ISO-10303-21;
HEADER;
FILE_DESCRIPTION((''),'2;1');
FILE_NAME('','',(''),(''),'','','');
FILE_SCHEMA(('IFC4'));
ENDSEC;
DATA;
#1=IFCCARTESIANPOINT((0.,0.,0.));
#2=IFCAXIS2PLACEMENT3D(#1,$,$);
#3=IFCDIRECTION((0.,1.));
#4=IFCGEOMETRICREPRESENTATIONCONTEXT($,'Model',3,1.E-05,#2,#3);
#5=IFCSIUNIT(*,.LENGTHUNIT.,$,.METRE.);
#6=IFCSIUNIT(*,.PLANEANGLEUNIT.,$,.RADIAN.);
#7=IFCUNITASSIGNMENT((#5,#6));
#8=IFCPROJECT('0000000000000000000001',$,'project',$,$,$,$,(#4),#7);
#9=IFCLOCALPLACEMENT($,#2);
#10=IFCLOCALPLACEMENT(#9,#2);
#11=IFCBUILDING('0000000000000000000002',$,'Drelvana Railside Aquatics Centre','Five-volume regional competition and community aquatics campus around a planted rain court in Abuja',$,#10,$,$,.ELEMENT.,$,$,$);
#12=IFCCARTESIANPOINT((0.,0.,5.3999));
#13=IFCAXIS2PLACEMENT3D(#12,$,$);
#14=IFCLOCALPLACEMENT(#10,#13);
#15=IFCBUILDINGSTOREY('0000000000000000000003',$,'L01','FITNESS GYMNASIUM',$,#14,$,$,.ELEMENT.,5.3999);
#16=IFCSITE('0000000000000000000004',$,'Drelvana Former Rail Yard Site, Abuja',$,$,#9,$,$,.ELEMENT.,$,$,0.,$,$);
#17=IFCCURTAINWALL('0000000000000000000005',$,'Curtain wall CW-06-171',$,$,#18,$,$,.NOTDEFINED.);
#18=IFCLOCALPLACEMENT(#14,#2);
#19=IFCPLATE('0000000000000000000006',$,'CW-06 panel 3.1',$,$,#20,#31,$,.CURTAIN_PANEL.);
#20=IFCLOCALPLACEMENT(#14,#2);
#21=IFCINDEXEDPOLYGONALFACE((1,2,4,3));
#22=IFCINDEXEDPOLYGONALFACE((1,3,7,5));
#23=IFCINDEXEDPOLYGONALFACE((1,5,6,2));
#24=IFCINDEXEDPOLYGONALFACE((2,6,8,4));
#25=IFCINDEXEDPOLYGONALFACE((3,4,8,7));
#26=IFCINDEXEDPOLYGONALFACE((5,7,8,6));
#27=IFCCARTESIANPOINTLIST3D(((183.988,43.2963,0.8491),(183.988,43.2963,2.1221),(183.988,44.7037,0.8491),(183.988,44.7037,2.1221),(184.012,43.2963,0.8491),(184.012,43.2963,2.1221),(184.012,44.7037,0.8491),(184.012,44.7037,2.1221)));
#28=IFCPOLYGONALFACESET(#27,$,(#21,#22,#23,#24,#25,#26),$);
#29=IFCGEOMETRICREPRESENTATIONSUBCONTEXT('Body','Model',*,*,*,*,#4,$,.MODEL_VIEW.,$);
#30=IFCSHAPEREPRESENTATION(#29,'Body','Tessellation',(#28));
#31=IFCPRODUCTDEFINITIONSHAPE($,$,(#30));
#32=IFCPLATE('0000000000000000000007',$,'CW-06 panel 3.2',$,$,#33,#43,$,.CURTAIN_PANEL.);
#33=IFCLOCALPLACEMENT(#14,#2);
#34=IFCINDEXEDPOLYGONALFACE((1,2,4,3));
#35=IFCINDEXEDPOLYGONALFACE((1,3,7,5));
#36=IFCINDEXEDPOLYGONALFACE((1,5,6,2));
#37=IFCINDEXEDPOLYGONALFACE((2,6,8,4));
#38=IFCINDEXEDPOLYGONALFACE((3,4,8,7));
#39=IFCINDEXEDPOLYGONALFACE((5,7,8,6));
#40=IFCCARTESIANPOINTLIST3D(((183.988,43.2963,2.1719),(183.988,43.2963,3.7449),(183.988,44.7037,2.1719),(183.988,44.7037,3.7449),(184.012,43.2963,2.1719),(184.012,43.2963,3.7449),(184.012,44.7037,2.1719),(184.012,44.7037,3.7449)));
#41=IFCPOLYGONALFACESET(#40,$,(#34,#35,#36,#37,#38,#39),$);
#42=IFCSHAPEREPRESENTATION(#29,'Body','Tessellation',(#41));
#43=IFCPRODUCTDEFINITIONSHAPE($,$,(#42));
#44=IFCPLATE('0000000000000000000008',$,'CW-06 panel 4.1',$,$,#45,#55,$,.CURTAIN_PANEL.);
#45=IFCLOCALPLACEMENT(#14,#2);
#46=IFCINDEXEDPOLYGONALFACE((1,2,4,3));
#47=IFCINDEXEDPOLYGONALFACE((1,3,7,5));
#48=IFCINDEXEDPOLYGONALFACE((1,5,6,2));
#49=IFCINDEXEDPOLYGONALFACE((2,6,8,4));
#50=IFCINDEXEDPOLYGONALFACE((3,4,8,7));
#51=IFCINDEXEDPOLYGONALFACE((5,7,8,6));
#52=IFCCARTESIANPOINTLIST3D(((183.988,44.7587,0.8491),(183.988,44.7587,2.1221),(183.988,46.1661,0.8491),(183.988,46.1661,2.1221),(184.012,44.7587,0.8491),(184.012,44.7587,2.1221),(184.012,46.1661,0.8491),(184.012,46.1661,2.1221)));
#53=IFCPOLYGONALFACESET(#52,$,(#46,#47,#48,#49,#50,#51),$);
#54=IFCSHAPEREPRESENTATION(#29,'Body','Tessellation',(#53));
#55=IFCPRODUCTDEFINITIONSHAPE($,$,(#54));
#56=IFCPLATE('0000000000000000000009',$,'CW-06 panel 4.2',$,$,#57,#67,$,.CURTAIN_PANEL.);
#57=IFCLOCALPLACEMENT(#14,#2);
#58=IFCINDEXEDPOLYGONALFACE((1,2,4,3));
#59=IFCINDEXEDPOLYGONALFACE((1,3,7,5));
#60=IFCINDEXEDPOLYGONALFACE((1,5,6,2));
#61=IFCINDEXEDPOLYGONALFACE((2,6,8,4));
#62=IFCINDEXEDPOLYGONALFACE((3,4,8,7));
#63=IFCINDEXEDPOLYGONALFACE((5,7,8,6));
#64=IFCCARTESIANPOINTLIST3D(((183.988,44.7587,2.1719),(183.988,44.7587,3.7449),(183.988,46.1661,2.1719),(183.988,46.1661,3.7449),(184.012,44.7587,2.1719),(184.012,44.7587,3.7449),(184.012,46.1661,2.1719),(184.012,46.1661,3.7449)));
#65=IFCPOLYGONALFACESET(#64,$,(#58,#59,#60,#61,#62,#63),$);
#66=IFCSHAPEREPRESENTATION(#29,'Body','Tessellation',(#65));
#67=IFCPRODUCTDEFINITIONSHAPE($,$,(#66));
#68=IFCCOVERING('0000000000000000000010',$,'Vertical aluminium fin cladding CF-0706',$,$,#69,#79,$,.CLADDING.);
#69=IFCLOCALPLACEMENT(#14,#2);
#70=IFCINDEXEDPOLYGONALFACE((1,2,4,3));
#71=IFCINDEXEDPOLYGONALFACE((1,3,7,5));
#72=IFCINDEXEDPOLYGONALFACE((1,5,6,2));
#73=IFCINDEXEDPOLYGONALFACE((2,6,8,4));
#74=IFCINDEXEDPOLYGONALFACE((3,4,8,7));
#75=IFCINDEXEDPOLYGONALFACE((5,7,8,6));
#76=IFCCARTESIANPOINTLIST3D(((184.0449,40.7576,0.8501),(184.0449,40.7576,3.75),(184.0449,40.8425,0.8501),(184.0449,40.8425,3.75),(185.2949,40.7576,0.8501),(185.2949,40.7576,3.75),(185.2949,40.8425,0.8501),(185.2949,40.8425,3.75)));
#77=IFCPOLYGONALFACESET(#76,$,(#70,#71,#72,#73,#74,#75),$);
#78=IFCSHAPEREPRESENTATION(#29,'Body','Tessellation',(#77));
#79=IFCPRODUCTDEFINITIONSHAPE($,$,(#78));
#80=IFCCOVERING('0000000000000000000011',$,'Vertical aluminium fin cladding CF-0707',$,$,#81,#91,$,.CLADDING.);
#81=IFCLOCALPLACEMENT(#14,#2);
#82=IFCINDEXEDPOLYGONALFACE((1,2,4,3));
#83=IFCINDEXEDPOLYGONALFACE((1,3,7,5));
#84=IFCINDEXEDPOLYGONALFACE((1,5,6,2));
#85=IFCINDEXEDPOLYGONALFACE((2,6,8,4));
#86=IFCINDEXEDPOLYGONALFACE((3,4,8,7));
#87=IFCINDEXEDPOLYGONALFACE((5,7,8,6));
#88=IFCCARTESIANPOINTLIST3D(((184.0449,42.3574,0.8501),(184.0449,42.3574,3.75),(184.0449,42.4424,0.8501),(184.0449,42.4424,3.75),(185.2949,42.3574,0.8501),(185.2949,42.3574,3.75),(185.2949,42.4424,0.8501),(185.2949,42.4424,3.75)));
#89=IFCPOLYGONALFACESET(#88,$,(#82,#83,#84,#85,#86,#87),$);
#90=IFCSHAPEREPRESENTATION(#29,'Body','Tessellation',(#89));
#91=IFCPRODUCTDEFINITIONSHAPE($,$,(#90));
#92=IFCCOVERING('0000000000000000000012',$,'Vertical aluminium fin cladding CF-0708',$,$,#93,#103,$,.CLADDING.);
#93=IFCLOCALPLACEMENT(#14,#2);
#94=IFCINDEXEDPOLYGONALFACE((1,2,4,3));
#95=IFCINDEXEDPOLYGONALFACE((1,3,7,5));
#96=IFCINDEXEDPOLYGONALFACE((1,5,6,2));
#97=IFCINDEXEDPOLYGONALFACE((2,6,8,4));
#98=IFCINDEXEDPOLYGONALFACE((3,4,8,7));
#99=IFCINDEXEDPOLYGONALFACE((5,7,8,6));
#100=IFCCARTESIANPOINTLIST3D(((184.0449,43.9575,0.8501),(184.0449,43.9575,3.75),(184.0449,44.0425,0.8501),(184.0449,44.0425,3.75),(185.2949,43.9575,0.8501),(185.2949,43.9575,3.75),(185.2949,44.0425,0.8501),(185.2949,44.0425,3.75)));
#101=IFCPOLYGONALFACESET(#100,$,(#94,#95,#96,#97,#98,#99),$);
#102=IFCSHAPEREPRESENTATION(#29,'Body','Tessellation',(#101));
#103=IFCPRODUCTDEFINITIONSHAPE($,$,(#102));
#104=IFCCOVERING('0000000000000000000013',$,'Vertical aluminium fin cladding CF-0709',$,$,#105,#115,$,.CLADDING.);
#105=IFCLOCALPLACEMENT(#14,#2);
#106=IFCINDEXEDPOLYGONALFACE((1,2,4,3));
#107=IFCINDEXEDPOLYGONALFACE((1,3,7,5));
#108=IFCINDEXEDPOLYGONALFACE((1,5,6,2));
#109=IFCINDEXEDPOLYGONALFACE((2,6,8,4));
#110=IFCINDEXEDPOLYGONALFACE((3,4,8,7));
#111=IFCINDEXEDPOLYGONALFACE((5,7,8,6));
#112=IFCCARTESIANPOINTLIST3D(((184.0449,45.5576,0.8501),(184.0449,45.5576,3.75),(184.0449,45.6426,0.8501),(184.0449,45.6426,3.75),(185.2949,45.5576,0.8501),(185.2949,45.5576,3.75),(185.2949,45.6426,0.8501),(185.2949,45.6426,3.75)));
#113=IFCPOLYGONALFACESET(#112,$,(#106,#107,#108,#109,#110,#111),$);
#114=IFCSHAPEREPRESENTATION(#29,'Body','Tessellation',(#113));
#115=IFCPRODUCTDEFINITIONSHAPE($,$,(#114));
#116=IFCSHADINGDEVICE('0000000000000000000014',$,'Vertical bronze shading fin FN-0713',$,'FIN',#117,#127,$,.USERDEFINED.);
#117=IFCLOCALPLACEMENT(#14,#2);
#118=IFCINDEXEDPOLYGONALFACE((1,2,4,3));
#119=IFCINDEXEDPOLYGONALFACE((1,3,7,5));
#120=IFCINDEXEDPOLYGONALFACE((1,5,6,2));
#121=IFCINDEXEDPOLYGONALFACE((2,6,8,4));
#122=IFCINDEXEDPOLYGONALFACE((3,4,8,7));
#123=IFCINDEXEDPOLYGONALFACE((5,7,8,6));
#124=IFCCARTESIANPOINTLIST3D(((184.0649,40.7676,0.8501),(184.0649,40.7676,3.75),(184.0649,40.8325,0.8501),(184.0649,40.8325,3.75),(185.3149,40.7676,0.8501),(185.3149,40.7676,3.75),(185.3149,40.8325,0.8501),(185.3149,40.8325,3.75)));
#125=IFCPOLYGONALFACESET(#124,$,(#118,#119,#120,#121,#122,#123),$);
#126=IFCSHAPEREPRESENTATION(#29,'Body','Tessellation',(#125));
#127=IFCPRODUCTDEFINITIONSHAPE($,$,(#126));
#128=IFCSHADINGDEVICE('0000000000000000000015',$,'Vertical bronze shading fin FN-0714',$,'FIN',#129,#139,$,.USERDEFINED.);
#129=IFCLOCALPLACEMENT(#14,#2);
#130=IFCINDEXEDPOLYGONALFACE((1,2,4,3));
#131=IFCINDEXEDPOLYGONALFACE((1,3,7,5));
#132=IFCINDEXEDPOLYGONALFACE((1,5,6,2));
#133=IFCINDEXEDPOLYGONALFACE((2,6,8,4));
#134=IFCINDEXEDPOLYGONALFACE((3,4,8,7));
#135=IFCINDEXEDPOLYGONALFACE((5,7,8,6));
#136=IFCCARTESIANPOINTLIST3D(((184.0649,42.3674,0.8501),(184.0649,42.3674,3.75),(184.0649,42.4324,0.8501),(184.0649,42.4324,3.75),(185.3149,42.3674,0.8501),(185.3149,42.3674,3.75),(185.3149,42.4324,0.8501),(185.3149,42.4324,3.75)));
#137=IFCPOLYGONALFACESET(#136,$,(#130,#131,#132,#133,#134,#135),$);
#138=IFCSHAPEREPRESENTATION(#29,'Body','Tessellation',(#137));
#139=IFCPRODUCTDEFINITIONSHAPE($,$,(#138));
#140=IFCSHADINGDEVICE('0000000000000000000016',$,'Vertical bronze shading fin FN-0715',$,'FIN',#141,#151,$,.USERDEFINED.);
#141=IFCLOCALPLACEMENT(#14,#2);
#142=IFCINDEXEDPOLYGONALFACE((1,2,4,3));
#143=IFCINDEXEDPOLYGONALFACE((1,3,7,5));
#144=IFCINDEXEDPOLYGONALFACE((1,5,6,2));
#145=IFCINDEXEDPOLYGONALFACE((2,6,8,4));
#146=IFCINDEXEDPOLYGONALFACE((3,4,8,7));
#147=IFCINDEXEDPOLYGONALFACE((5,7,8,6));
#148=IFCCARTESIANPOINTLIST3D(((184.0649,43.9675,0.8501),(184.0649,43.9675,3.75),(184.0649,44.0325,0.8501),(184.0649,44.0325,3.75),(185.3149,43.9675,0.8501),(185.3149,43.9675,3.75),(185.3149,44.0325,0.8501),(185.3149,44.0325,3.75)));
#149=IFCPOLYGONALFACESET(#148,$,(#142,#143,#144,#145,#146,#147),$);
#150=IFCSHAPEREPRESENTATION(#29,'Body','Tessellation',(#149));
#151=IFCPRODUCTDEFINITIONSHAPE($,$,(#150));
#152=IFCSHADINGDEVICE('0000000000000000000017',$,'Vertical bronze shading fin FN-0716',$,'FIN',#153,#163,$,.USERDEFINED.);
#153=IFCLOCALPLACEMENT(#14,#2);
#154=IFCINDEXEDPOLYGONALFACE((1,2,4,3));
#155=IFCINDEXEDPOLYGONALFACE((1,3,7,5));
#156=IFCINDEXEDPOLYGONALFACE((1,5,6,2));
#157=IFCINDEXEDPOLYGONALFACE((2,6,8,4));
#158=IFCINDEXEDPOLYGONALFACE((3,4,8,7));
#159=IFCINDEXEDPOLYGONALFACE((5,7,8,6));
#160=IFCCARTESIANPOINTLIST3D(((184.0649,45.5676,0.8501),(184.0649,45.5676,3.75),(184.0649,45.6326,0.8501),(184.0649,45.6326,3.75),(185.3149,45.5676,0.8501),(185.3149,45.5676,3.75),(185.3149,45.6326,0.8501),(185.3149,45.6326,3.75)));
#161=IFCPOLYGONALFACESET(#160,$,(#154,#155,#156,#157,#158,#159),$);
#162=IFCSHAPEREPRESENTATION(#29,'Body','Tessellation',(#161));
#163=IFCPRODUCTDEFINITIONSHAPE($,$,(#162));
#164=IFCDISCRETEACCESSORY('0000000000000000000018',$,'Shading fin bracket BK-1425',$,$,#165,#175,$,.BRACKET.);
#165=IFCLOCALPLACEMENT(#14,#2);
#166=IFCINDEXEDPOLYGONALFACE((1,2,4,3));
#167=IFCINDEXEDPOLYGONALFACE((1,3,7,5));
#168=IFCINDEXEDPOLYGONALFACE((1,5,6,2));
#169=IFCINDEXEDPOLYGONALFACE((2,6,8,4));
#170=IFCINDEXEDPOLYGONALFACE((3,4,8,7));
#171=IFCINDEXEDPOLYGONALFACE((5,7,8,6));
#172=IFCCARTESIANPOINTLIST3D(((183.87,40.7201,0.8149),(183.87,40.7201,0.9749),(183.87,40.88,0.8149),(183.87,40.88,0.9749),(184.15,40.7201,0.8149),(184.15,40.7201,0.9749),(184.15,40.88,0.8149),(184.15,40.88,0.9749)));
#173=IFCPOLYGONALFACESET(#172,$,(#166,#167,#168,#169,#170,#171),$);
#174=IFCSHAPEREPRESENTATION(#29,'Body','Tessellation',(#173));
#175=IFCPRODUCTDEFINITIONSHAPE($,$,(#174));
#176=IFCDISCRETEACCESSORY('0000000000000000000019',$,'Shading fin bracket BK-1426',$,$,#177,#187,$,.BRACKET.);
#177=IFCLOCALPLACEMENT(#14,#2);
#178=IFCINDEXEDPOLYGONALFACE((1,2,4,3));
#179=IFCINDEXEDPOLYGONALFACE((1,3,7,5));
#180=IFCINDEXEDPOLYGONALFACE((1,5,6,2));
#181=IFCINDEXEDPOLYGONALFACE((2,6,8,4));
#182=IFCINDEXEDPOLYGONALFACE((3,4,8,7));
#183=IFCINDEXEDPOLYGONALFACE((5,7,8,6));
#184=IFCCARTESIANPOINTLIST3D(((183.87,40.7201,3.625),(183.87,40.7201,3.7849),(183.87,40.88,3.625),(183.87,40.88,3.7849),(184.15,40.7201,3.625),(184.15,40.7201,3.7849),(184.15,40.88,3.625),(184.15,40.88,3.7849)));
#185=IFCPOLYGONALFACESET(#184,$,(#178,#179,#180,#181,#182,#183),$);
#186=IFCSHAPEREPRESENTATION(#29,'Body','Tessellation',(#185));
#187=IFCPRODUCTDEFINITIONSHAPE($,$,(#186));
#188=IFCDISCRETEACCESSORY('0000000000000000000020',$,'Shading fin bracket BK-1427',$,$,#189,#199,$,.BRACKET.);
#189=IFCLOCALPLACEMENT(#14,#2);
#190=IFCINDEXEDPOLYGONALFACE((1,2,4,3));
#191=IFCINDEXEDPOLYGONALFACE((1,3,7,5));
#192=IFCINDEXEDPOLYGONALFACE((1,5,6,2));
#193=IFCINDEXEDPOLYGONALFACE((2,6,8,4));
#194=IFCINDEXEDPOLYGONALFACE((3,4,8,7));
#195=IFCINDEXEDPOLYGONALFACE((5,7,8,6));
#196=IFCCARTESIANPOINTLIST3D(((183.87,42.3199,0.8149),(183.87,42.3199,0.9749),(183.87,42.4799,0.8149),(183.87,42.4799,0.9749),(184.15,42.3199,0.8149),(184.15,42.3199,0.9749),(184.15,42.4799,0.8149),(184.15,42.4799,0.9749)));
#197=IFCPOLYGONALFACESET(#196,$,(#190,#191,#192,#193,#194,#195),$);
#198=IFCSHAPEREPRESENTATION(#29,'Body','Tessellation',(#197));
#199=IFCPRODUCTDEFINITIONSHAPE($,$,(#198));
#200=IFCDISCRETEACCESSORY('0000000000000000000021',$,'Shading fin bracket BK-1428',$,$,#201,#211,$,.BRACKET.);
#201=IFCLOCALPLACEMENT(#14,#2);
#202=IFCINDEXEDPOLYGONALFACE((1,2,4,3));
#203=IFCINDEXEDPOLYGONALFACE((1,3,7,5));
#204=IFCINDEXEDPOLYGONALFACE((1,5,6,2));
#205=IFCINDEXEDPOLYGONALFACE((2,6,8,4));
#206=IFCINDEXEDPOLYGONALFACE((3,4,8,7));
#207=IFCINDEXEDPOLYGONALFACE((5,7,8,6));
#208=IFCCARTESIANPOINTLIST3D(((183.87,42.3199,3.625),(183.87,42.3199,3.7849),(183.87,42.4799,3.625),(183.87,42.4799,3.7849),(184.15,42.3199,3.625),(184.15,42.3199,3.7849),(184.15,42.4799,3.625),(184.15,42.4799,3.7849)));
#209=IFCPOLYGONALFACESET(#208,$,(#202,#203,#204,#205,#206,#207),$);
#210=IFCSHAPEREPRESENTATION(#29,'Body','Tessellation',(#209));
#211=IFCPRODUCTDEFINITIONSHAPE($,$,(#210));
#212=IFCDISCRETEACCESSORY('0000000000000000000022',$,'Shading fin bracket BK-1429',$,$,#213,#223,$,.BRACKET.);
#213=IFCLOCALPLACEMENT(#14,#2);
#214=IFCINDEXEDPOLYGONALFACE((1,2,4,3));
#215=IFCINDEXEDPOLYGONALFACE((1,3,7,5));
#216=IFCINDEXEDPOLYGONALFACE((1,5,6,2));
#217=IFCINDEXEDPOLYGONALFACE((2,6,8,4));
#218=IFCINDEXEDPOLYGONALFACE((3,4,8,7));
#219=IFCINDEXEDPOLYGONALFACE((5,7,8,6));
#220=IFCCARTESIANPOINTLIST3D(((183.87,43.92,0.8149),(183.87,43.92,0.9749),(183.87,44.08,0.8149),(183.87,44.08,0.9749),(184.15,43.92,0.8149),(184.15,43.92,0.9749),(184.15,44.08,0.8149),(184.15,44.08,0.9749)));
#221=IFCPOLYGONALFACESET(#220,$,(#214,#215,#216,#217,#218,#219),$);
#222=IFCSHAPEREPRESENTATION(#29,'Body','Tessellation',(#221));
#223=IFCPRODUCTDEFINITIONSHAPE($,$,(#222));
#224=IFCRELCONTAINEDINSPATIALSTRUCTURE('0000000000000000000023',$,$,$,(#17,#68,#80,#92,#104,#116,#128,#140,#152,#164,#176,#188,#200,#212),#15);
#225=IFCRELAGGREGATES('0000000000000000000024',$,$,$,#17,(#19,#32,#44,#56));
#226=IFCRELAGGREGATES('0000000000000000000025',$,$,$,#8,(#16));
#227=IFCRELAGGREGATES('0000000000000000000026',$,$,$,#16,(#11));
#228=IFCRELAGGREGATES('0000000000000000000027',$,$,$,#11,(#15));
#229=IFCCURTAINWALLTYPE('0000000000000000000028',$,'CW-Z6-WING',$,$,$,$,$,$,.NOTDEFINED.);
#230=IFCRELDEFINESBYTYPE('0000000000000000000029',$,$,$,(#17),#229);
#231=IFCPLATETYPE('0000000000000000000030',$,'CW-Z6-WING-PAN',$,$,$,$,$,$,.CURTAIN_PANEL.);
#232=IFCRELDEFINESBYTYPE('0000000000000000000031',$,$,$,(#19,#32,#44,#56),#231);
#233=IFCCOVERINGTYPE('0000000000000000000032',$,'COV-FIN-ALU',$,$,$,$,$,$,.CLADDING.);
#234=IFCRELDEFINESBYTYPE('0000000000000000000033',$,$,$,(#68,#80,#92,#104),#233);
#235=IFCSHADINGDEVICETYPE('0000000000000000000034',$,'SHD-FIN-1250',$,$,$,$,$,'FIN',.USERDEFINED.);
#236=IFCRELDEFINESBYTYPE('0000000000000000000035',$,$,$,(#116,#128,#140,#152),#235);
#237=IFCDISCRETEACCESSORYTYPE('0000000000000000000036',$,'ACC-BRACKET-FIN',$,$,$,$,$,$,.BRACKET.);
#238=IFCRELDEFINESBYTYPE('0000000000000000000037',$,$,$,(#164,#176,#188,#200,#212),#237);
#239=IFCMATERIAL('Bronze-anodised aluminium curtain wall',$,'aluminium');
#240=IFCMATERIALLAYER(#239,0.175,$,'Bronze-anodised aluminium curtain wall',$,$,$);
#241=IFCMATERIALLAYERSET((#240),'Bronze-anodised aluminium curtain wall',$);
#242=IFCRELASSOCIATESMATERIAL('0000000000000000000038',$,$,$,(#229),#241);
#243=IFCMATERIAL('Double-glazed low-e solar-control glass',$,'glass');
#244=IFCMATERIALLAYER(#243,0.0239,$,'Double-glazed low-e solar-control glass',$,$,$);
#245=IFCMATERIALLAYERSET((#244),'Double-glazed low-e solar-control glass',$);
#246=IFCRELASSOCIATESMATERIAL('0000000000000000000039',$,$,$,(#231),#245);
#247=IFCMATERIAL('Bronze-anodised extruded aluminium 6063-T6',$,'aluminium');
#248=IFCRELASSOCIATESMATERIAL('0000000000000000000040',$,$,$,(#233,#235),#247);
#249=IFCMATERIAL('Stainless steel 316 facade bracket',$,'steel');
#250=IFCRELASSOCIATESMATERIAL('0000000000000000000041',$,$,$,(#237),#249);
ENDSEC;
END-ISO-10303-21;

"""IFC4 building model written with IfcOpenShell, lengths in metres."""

from ifc_helpers import new_model, si_unit, direction, frame, origin, origin_2d, place, context, subcontext, project, spatial, rectangle, extrude, material, layer, layer_set, type_object, element, aggregate, save


model = new_model("IFC4")

# Units and contexts
model_context = context("Model", 3, precision=1e-05, world=origin(), true_north=direction((0.0, 1.0)))
body_context = subcontext(model_context, "Body", "Model", "MODEL_VIEW")
ifc_project = project(units=[si_unit("LENGTHUNIT", "METRE"), si_unit("PLANEANGLEUNIT", "RADIAN")], contexts=[model_context])

# Site, building, storey
site_placement = place(None, origin())
site = spatial("IfcSite", under=ifc_project, at=site_placement, Name="Drelvana Former Rail Yard Site, Abuja", CompositionType="ELEMENT", RefElevation=0.0)
building_placement = place(site_placement, origin())
building = spatial("IfcBuilding", under=site, at=building_placement, Name="Drelvana Railside Aquatics Centre", Description="Five-volume regional competition and community aquatics campus around a planted rain court in Abuja", CompositionType="ELEMENT")
storey_placement = place(building_placement, frame((0.0, 0.0, 5.3999)))
storey = spatial("IfcBuildingStorey", under=building, at=storey_placement, Name="L01", Description="FITNESS GYMNASIUM", CompositionType="ELEMENT", Elevation=5.3999)

# Curtain wall, plates
ifc_material_1 = material(Name="Bronze-anodised aluminium curtain wall", Category="aluminium")
ifc_layer_1 = layer(ifc_material_1, 0.175, Name="Bronze-anodised aluminium curtain wall")
ifc_layer_set_1 = layer_set([ifc_layer_1], Name="Bronze-anodised aluminium curtain wall")
curtain_wall_type = type_object("IfcCurtainWallType", Name="CW-Z6-WING", PredefinedType="NOTDEFINED", material=ifc_layer_set_1)
curtain_wall_placement = place(storey_placement, origin())
curtain_wall = element("IfcCurtainWall", 1, at=curtain_wall_placement, inside=storey, type_object=curtain_wall_type, Name="Curtain wall CW-06-171", PredefinedType="NOTDEFINED")
ifc_material_2 = material(Name="Double-glazed low-e solar-control glass", Category="glass")
ifc_layer_2 = layer(ifc_material_2, 0.0239, Name="Double-glazed low-e solar-control glass")
ifc_layer_set_2 = layer_set([ifc_layer_2], Name="Double-glazed low-e solar-control glass")
plate_type = type_object("IfcPlateType", Name="CW-Z6-WING-PAN", PredefinedType="CURTAIN_PANEL", material=ifc_layer_set_2)
plate_1_placement = place(storey_placement, frame((184.0, 44.0, 0.8491), z_axis=(0.0, 0.0, 1.0), x_axis=(0.0, 1.0, 0.0)))
plate_1 = element("IfcPlate", 2, at=plate_1_placement, type_object=plate_type, Name="CW-06 panel 3.1", PredefinedType="CURTAIN_PANEL", context=body_context, shape_type="SweptSolid", body=[
    extrude(rectangle(XDim=1.4075, YDim=0.0239, at=origin_2d()), origin(), (0.0, 0.0, 1.0), 1.2729),
])
plate_2_placement = place(storey_placement, frame((184.0, 44.0, 2.1719), z_axis=(0.0, 0.0, 1.0), x_axis=(0.0, 1.0, 0.0)))
plate_2 = element("IfcPlate", 3, at=plate_2_placement, type_object=plate_type, Name="CW-06 panel 3.2", PredefinedType="CURTAIN_PANEL", context=body_context, shape_type="SweptSolid", body=[
    extrude(rectangle(XDim=1.4075, YDim=0.0239, at=origin_2d()), origin(), (0.0, 0.0, 1.0), 1.573),
])
plate_3_placement = place(storey_placement, frame((184.0, 45.4624, 0.8491), z_axis=(0.0, 0.0, 1.0), x_axis=(0.0, 1.0, 0.0)))
plate_3 = element("IfcPlate", 4, at=plate_3_placement, type_object=plate_type, Name="CW-06 panel 4.1", PredefinedType="CURTAIN_PANEL", context=body_context, shape_type="SweptSolid", body=[
    extrude(rectangle(XDim=1.4075, YDim=0.0239, at=origin_2d()), origin(), (0.0, 0.0, 1.0), 1.2729),
])
plate_4_placement = place(storey_placement, frame((184.0, 45.4624, 2.1719), z_axis=(0.0, 0.0, 1.0), x_axis=(0.0, 1.0, 0.0)))
plate_4 = element("IfcPlate", 5, at=plate_4_placement, type_object=plate_type, Name="CW-06 panel 4.2", PredefinedType="CURTAIN_PANEL", context=body_context, shape_type="SweptSolid", body=[
    extrude(rectangle(XDim=1.4075, YDim=0.0239, at=origin_2d()), origin(), (0.0, 0.0, 1.0), 1.573),
])
aggregate(curtain_wall, [plate_1, plate_2, plate_3, plate_4])

# Coverings
ifc_material_3 = material(Name="Bronze-anodised extruded aluminium 6063-T6", Category="aluminium")
covering_type = type_object("IfcCoveringType", Name="COV-FIN-ALU", PredefinedType="CLADDING", material=ifc_material_3)
for number, where, z_axis, x_axis, name in (
    (6, (184.6699, 40.8, 0.8501), (0.0, 0.0, 1.0), (0.0, -1.0, 0.0), "Vertical aluminium fin cladding CF-0706"),
    (7, (184.6699, 42.3999, 0.8501), (0.0, 0.0, 1.0), (0.0, -1.0, 0.0), "Vertical aluminium fin cladding CF-0707"),
    (8, (184.6699, 44.0, 0.8501), (0.0, 0.0, 1.0), (0.0, -1.0, 0.0), "Vertical aluminium fin cladding CF-0708"),
    (9, (184.6699, 45.6001, 0.8501), (0.0, 0.0, 1.0), (0.0, -1.0, 0.0), "Vertical aluminium fin cladding CF-0709"),
):
    element("IfcCovering", number, at=place(storey_placement, frame(where, z_axis=z_axis, x_axis=x_axis)), inside=storey, type_object=covering_type, Name=name, PredefinedType="CLADDING", context=body_context, shape_type="SweptSolid", body=[
        extrude(rectangle(XDim=0.085, YDim=1.25, at=origin_2d()), origin(), (0.0, 0.0, 1.0), 2.8999),
    ])

# Shading devices
shading_device_type = type_object("IfcShadingDeviceType", Name="SHD-FIN-1250", ElementType="FIN", PredefinedType="USERDEFINED", material=ifc_material_3)
for number, where, z_axis, x_axis, name in (
    (10, (184.6899, 40.8, 0.8501), (0.0, 0.0, 1.0), (1.0, 0.0, 0.0), "Vertical bronze shading fin FN-0713"),
    (11, (184.6899, 42.3999, 0.8501), (0.0, 0.0, 1.0), (1.0, 0.0, 0.0), "Vertical bronze shading fin FN-0714"),
    (12, (184.6899, 44.0, 0.8501), (0.0, 0.0, 1.0), (1.0, 0.0, 0.0), "Vertical bronze shading fin FN-0715"),
    (13, (184.6899, 45.6001, 0.8501), (0.0, 0.0, 1.0), (1.0, 0.0, 0.0), "Vertical bronze shading fin FN-0716"),
):
    element("IfcShadingDevice", number, at=place(storey_placement, frame(where, z_axis=z_axis, x_axis=x_axis)), inside=storey, type_object=shading_device_type, Name=name, ObjectType="FIN", PredefinedType="USERDEFINED", context=body_context, shape_type="SweptSolid", body=[
        extrude(rectangle(XDim=1.25, YDim=0.0649, at=origin_2d()), origin(), (0.0, 0.0, 1.0), 2.8999),
    ])

# Discrete accessories
ifc_material_4 = material(Name="Stainless steel 316 facade bracket", Category="steel")
discrete_accessory_type = type_object("IfcDiscreteAccessoryType", Name="ACC-BRACKET-FIN", PredefinedType="BRACKET", material=ifc_material_4)
for number, where, z_axis, x_axis, name in (
    (14, (184.01, 40.8, 0.8149), (0.0, 0.0, 1.0), (1.0, 0.0, 0.0), "Shading fin bracket BK-1425"),
    (15, (184.01, 40.8, 3.625), (0.0, 0.0, 1.0), (1.0, 0.0, 0.0), "Shading fin bracket BK-1426"),
    (16, (184.01, 42.3999, 0.8149), (0.0, 0.0, 1.0), (1.0, 0.0, 0.0), "Shading fin bracket BK-1427"),
    (17, (184.01, 42.3999, 3.625), (0.0, 0.0, 1.0), (1.0, 0.0, 0.0), "Shading fin bracket BK-1428"),
    (18, (184.01, 44.0, 0.8149), (0.0, 0.0, 1.0), (1.0, 0.0, 0.0), "Shading fin bracket BK-1429"),
):
    element("IfcDiscreteAccessory", number, at=place(storey_placement, frame(where, z_axis=z_axis, x_axis=x_axis)), inside=storey, type_object=discrete_accessory_type, Name=name, PredefinedType="BRACKET", context=body_context, shape_type="SweptSolid", body=[
        extrude(rectangle(XDim=0.28, YDim=0.1599, at=origin_2d()), origin(), (0.0, 0.0, 1.0), 0.1599),
    ])

save(model, "model.ifc")
